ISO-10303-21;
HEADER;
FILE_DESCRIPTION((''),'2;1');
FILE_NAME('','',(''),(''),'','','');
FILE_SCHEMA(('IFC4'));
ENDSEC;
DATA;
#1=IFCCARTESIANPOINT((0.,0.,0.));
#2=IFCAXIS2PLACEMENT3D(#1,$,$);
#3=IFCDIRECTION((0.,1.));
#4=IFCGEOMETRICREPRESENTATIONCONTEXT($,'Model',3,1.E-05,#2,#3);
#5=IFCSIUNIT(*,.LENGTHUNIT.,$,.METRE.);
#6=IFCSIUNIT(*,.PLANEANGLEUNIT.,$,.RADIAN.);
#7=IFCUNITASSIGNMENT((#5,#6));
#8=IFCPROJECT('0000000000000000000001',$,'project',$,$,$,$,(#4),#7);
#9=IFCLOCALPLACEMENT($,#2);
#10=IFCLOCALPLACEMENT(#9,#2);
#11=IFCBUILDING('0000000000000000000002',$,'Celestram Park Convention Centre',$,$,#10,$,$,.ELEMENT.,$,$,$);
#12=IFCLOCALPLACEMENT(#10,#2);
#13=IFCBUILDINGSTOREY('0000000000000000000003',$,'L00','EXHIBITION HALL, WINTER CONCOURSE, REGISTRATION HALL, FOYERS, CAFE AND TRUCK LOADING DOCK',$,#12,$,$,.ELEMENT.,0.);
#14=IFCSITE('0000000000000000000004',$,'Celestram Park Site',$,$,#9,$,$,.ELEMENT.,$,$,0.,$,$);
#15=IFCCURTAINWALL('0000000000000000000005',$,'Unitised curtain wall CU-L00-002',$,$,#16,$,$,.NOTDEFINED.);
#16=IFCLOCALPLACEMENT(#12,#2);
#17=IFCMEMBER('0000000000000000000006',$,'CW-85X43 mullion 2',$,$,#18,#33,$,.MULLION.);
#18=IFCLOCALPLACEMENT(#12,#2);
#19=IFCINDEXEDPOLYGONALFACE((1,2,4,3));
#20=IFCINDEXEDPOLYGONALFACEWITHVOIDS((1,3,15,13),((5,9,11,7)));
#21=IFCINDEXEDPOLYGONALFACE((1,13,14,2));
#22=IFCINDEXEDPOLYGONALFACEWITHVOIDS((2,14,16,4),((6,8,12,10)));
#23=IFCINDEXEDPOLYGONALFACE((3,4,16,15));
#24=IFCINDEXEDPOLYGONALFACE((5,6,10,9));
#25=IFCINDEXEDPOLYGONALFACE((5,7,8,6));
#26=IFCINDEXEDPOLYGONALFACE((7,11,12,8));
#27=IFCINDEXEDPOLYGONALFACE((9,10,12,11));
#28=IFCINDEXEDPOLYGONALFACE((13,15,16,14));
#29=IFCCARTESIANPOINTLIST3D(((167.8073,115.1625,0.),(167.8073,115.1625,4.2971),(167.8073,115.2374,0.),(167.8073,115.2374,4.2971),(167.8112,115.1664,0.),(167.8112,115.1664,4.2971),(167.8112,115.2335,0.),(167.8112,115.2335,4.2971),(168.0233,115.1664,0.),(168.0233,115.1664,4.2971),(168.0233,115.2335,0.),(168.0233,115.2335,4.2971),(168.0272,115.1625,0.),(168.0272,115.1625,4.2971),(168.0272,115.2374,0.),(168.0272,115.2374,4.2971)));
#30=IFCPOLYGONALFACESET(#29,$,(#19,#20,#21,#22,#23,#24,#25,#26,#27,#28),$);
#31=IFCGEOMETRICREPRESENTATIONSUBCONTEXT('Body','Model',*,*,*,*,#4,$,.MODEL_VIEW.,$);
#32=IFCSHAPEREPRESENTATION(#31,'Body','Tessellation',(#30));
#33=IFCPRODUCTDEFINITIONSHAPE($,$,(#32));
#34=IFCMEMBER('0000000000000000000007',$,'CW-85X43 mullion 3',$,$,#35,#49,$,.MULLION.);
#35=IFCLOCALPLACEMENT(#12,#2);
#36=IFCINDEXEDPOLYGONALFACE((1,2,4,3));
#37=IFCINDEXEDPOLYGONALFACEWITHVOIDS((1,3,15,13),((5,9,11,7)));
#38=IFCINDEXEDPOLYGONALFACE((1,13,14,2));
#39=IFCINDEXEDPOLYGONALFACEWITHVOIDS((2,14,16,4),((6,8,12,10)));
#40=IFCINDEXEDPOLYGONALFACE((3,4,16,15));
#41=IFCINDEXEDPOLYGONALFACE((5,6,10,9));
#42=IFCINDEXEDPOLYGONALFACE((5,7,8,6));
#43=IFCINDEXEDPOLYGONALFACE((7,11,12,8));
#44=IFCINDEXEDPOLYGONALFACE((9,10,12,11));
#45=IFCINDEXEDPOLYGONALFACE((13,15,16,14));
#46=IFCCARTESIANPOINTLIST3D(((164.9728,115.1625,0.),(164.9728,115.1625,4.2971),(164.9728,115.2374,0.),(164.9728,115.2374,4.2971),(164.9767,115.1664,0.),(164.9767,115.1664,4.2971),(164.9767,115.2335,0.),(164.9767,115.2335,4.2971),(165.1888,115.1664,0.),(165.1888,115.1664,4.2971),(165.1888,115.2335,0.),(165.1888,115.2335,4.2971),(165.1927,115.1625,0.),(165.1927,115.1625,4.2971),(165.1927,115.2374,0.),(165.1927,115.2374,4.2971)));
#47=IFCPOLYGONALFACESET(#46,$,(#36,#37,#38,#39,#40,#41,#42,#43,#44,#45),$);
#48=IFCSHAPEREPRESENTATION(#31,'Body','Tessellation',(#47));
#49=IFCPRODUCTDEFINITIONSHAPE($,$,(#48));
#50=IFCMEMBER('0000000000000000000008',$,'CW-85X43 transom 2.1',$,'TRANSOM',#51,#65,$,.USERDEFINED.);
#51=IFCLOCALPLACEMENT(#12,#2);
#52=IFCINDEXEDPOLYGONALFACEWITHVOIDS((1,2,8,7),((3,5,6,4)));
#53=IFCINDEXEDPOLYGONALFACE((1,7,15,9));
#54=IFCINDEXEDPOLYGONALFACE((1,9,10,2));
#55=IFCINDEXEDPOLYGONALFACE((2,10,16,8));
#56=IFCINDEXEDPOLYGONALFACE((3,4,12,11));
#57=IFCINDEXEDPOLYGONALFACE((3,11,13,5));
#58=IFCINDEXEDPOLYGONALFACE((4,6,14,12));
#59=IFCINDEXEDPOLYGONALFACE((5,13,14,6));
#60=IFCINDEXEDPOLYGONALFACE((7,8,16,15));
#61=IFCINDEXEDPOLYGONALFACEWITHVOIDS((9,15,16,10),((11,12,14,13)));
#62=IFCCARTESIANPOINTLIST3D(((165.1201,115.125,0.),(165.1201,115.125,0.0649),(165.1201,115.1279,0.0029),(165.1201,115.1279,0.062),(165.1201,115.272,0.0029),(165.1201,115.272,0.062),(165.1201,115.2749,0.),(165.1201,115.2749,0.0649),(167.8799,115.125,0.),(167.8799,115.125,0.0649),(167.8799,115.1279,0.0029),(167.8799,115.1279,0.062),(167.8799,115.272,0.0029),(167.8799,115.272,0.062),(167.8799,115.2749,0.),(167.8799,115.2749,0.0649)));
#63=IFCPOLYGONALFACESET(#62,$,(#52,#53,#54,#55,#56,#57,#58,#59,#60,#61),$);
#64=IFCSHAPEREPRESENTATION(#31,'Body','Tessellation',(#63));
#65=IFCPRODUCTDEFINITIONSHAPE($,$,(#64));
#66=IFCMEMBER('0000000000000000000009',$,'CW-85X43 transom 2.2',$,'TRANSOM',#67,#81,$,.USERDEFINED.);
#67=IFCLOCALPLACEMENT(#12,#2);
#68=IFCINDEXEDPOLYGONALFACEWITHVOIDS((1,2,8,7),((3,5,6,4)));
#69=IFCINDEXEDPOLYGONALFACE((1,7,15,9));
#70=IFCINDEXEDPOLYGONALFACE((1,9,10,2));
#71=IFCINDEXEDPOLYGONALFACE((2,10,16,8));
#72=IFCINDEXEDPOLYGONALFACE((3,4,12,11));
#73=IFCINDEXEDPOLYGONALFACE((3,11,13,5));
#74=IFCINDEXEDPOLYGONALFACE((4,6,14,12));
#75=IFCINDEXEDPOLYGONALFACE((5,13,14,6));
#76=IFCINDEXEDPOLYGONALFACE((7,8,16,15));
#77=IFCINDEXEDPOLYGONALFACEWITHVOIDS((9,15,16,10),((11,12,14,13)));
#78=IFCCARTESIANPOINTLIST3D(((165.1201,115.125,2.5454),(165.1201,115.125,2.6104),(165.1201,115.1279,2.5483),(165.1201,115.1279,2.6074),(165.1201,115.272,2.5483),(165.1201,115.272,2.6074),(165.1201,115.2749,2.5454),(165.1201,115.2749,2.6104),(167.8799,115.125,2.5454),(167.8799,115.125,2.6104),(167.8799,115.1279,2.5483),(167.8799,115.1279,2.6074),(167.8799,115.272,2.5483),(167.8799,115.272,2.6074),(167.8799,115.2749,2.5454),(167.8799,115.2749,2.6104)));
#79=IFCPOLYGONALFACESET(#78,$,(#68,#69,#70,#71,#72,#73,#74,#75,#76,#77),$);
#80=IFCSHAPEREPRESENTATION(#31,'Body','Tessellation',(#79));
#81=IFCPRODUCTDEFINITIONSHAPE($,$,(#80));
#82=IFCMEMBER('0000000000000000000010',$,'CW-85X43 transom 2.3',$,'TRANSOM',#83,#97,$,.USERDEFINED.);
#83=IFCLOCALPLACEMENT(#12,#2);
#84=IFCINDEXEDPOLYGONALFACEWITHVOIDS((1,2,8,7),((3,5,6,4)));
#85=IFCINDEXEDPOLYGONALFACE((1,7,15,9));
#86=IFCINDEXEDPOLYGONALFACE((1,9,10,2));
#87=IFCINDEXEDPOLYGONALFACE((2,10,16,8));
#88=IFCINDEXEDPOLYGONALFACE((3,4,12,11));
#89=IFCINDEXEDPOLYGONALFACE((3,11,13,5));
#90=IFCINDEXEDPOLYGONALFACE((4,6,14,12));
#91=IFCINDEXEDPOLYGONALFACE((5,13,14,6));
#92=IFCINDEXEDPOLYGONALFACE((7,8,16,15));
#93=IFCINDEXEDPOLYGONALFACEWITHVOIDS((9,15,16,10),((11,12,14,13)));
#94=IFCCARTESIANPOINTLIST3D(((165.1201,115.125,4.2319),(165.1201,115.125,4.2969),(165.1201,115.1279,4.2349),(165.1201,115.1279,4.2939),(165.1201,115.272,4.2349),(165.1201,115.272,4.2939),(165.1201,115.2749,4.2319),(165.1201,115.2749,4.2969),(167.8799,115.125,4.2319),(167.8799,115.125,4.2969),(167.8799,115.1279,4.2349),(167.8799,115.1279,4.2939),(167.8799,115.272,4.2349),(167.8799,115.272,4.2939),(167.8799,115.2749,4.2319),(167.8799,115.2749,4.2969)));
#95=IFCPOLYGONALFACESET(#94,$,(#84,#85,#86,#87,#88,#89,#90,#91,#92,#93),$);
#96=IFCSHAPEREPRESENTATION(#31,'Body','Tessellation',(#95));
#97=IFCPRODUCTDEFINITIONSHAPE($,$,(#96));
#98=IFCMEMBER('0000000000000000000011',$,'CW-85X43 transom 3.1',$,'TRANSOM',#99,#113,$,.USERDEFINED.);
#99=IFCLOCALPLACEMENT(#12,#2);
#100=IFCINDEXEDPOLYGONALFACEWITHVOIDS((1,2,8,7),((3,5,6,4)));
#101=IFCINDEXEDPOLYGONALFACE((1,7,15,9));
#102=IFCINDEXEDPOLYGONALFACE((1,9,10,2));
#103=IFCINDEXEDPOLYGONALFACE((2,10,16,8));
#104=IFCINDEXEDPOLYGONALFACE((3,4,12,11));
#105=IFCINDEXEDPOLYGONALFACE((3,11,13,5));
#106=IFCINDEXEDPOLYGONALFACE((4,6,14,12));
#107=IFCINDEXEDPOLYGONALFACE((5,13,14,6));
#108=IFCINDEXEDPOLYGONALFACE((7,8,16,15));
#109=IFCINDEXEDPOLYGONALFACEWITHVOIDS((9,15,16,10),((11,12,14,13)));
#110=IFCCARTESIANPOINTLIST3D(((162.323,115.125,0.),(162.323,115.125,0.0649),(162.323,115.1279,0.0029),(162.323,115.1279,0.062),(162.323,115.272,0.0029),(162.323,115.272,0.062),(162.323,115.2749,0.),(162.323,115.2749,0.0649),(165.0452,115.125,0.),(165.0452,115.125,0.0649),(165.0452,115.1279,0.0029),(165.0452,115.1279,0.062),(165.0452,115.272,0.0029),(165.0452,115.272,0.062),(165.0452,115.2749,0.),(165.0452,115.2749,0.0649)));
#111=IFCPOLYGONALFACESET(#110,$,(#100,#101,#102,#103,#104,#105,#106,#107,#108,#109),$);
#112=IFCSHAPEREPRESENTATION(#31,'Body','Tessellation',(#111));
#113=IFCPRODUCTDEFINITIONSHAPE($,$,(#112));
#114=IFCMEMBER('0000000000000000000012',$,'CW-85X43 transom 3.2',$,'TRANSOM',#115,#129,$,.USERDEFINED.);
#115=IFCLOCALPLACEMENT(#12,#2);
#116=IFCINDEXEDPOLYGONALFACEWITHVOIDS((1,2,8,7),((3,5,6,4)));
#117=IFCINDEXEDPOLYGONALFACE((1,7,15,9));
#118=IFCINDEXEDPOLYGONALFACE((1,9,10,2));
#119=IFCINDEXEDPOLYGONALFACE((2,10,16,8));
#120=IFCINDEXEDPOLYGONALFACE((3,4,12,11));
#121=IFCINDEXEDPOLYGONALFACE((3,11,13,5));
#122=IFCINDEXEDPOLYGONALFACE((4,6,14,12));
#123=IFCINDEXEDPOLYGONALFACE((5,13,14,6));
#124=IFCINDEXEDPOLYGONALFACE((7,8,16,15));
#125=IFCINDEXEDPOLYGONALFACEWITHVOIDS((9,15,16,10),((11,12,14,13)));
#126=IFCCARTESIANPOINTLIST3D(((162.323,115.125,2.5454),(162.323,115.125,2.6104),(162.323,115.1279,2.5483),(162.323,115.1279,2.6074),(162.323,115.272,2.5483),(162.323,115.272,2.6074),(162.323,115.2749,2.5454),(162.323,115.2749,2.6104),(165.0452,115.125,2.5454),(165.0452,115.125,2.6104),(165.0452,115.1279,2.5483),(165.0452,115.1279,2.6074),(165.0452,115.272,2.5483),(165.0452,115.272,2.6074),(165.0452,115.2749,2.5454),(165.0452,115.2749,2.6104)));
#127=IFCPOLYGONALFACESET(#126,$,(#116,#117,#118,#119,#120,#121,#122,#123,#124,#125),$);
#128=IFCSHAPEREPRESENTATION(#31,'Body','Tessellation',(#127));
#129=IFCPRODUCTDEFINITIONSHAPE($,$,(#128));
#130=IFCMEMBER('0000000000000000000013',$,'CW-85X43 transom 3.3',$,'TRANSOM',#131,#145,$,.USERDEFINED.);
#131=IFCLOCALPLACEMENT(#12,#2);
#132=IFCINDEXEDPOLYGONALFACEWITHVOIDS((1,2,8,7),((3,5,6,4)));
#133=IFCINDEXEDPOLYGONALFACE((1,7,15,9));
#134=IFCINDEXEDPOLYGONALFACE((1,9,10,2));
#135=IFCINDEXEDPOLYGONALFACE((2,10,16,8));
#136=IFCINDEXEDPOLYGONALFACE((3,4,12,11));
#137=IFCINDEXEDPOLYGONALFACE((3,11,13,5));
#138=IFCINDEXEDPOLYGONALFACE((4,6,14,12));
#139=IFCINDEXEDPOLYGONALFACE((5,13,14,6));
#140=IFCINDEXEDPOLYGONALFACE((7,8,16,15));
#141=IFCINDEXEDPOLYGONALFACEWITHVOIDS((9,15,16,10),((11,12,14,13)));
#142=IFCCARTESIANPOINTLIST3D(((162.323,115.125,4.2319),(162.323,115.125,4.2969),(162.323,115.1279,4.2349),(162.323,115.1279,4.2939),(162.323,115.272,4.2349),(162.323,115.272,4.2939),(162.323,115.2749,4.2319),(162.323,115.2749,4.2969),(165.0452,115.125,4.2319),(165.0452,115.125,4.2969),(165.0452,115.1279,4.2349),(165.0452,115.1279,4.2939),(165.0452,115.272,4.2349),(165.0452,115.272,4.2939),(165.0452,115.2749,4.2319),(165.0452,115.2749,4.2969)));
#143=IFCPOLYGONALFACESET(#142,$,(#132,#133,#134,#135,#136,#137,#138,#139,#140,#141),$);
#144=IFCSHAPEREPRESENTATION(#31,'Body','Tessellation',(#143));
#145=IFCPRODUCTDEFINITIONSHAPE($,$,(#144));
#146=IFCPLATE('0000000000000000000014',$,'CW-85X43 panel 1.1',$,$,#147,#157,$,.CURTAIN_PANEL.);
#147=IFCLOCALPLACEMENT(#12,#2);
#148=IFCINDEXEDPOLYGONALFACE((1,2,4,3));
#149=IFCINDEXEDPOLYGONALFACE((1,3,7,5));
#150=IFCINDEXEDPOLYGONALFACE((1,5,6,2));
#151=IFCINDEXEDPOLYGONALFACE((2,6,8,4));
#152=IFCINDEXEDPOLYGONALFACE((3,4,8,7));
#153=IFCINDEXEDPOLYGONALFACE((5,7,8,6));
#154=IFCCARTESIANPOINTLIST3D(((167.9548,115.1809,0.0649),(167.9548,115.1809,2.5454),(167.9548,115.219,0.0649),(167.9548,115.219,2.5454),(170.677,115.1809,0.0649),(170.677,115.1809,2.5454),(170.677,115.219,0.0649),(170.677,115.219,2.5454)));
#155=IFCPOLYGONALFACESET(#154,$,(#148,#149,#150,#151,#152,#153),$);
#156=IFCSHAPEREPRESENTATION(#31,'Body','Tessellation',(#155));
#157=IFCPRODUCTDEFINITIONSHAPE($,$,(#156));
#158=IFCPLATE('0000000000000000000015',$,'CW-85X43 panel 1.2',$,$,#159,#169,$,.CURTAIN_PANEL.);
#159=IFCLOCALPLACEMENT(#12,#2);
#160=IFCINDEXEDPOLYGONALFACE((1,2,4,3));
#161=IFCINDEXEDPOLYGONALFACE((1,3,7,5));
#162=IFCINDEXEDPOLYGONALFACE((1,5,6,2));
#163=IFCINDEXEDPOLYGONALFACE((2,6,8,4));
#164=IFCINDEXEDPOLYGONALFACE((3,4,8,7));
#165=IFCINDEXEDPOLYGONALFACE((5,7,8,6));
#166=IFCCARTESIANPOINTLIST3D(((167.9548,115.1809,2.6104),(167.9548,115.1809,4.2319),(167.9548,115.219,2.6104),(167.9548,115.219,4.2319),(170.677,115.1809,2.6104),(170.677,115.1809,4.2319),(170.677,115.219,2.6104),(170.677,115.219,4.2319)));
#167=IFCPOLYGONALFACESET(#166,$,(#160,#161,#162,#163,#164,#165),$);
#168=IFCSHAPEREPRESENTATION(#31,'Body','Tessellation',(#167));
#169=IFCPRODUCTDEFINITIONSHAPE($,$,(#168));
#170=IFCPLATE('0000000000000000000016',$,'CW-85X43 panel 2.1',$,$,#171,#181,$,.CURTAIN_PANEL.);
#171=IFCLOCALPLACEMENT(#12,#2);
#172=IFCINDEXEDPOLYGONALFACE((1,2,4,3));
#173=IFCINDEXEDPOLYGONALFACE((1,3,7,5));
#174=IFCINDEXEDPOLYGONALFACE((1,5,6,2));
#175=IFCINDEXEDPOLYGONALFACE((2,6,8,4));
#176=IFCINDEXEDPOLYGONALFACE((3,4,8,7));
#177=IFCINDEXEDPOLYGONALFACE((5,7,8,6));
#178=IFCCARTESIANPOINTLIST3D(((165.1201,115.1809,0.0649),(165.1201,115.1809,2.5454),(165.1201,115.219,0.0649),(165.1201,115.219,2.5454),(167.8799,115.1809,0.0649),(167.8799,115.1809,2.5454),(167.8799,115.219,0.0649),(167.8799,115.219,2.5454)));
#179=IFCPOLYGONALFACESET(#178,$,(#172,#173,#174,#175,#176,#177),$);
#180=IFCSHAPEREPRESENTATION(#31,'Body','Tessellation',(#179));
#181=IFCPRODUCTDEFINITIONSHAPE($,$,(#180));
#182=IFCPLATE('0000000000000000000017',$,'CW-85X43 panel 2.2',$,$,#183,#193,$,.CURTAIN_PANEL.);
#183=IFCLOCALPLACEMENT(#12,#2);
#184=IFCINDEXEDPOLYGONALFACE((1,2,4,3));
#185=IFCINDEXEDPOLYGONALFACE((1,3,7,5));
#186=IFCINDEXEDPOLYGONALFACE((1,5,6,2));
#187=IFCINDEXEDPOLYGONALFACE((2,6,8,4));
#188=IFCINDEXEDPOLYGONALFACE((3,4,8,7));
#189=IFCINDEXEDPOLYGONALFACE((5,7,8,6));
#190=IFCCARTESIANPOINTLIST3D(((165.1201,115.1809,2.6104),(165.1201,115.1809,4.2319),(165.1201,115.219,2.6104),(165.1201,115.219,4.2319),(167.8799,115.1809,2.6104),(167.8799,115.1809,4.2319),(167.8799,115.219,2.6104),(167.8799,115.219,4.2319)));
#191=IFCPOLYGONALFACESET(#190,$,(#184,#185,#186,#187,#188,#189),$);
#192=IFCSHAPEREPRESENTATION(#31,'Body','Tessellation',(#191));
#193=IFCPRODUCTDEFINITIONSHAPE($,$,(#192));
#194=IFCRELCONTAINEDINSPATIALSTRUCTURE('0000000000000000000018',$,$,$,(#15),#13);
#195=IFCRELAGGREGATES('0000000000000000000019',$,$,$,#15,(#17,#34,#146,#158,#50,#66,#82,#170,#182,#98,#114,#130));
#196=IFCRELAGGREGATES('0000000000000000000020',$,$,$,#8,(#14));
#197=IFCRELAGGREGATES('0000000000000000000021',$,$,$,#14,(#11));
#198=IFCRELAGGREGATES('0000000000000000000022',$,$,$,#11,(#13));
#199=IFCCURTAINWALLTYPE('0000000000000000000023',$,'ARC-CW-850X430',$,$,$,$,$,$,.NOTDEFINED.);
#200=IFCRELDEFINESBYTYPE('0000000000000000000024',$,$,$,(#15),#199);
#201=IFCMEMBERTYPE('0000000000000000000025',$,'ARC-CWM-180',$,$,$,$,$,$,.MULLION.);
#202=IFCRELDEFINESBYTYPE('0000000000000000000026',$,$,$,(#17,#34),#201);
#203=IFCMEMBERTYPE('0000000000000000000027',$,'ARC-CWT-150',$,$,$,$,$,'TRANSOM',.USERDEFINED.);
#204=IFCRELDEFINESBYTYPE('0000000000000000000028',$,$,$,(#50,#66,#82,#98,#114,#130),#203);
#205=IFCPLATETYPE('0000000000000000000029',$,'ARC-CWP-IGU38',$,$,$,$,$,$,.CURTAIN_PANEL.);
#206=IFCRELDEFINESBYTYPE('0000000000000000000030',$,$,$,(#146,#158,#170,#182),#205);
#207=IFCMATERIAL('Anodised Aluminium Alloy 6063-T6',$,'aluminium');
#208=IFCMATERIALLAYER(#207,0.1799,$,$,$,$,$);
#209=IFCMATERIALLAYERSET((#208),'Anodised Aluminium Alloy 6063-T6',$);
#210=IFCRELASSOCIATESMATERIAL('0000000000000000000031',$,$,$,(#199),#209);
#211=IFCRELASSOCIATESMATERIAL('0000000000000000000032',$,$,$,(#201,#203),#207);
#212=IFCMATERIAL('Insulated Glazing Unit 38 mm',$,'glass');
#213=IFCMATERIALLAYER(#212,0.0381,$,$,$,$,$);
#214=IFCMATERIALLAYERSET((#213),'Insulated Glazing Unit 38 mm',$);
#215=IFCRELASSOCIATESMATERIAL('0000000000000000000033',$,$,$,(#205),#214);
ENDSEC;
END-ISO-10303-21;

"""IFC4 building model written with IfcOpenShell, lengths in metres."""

from ifc_helpers import new_model, si_unit, direction, frame, origin, origin_2d, place, context, subcontext, project, spatial, rectangle, hollow_rectangle, extrude, material, layer, layer_set, material_profile, profile_set, type_object, element, aggregate, save


model = new_model("IFC4")

# Units and contexts
model_context = context("Model", 3, precision=1e-05, world=origin(), true_north=direction((0.0, 1.0)))
body_context = subcontext(model_context, "Body", "Model", "MODEL_VIEW")
ifc_project = project(units=[si_unit("LENGTHUNIT", "METRE"), si_unit("PLANEANGLEUNIT", "RADIAN")], contexts=[model_context])

# Site, building, storey
site_placement = place(None, origin())
site = spatial("IfcSite", under=ifc_project, at=site_placement, Name="Celestram Park Site", CompositionType="ELEMENT", RefElevation=0.0)
building_placement = place(site_placement, origin())
building = spatial("IfcBuilding", under=site, at=building_placement, Name="Celestram Park Convention Centre", CompositionType="ELEMENT")
storey_placement = place(building_placement, origin())
storey = spatial("IfcBuildingStorey", under=building, at=storey_placement, Name="L00", Description="EXHIBITION HALL, WINTER CONCOURSE, REGISTRATION HALL, FOYERS, CAFE AND TRUCK LOADING DOCK", CompositionType="ELEMENT", Elevation=0.0)

# Curtain wall, members, plates
ifc_material_1 = material(Name="Anodised Aluminium Alloy 6063-T6", Category="aluminium")
ifc_layer_1 = layer(ifc_material_1, 0.1799)
ifc_layer_set_1 = layer_set([ifc_layer_1], Name="Anodised Aluminium Alloy 6063-T6")
curtain_wall_type = type_object("IfcCurtainWallType", Name="ARC-CW-850X430", PredefinedType="NOTDEFINED", material=ifc_layer_set_1)
curtain_wall_placement = place(storey_placement, origin())
curtain_wall = element("IfcCurtainWall", 1, at=curtain_wall_placement, inside=storey, type_object=curtain_wall_type, Name="Unitised curtain wall CU-L00-002", PredefinedType="NOTDEFINED")
ifc_material_profile_1 = material_profile(ifc_material_1, hollow_rectangle(XDim=0.075, YDim=0.22, WallThickness=0.0039, at=origin_2d()), Name="ALU75X220X4")
ifc_profile_set_1 = profile_set([ifc_material_profile_1], Name="Anodised Aluminium Alloy 6063-T6")
member_type_1 = type_object("IfcMemberType", Name="ARC-CWM-180", PredefinedType="MULLION", material=ifc_profile_set_1)
member_1_placement = place(storey_placement, frame((167.9172, 115.2, 0.0), z_axis=(0.0, 0.0, 1.0), x_axis=(0.0, -1.0, 0.0)))
member_1 = element("IfcMember", 2, at=member_1_placement, type_object=member_type_1, Name="CW-85X43 mullion 2", PredefinedType="MULLION", context=body_context, shape_type="SweptSolid", body=[
    extrude(hollow_rectangle(XDim=0.075, YDim=0.22, WallThickness=0.0039, at=origin_2d()), origin(), (0.0, 0.0, 1.0), 4.2971),
])
member_2_placement = place(storey_placement, frame((165.0828, 115.2, 0.0), z_axis=(0.0, 0.0, 1.0), x_axis=(0.0, -1.0, 0.0)))
member_2 = element("IfcMember", 3, at=member_2_placement, type_object=member_type_1, Name="CW-85X43 mullion 3", PredefinedType="MULLION", context=body_context, shape_type="SweptSolid", body=[
    extrude(hollow_rectangle(XDim=0.075, YDim=0.22, WallThickness=0.0039, at=origin_2d()), origin(), (0.0, 0.0, 1.0), 4.2971),
])
ifc_material_profile_2 = material_profile(ifc_material_1, hollow_rectangle(XDim=0.1499, YDim=0.0649, WallThickness=0.0029, at=origin_2d()), Name="ALU150X65X3")
ifc_profile_set_2 = profile_set([ifc_material_profile_2], Name="Anodised Aluminium Alloy 6063-T6")
member_type_2 = type_object("IfcMemberType", Name="ARC-CWT-150", ElementType="TRANSOM", PredefinedType="USERDEFINED", material=ifc_profile_set_2)
member_3_placement = place(storey_placement, frame((167.8799, 115.2, 0.0325), z_axis=(-1.0, 0.0, 0.0), x_axis=(0.0, -1.0, 0.0)))
member_3 = element("IfcMember", 4, at=member_3_placement, type_object=member_type_2, Name="CW-85X43 transom 2.1", ObjectType="TRANSOM", PredefinedType="USERDEFINED", context=body_context, shape_type="SweptSolid", body=[
    extrude(hollow_rectangle(XDim=0.1499, YDim=0.0649, WallThickness=0.0029, at=origin_2d()), origin(), (0.0, 0.0, 1.0), 2.7598),
])
member_4_placement = place(storey_placement, frame((167.8799, 115.2, 2.5779), z_axis=(-1.0, 0.0, 0.0), x_axis=(0.0, -1.0, 0.0)))
member_4 = element("IfcMember", 5, at=member_4_placement, type_object=member_type_2, Name="CW-85X43 transom 2.2", ObjectType="TRANSOM", PredefinedType="USERDEFINED", context=body_context, shape_type="SweptSolid", body=[
    extrude(hollow_rectangle(XDim=0.1499, YDim=0.0649, WallThickness=0.0029, at=origin_2d()), origin(), (0.0, 0.0, 1.0), 2.7598),
])
member_5_placement = place(storey_placement, frame((167.8799, 115.2, 4.2644), z_axis=(-1.0, 0.0, 0.0), x_axis=(0.0, -1.0, 0.0)))
member_5 = element("IfcMember", 6, at=member_5_placement, type_object=member_type_2, Name="CW-85X43 transom 2.3", ObjectType="TRANSOM", PredefinedType="USERDEFINED", context=body_context, shape_type="SweptSolid", body=[
    extrude(hollow_rectangle(XDim=0.1499, YDim=0.0649, WallThickness=0.0029, at=origin_2d()), origin(), (0.0, 0.0, 1.0), 2.7598),
])
member_6_placement = place(storey_placement, frame((165.0452, 115.2, 0.0325), z_axis=(-1.0, 0.0, 0.0), x_axis=(0.0, -1.0, 0.0)))
member_6 = element("IfcMember", 7, at=member_6_placement, type_object=member_type_2, Name="CW-85X43 transom 3.1", ObjectType="TRANSOM", PredefinedType="USERDEFINED", context=body_context, shape_type="SweptSolid", body=[
    extrude(hollow_rectangle(XDim=0.1499, YDim=0.0649, WallThickness=0.0029, at=origin_2d()), origin(), (0.0, 0.0, 1.0), 2.7222),
])
member_7_placement = place(storey_placement, frame((165.0452, 115.2, 2.5779), z_axis=(-1.0, 0.0, 0.0), x_axis=(0.0, -1.0, 0.0)))
member_7 = element("IfcMember", 8, at=member_7_placement, type_object=member_type_2, Name="CW-85X43 transom 3.2", ObjectType="TRANSOM", PredefinedType="USERDEFINED", context=body_context, shape_type="SweptSolid", body=[
    extrude(hollow_rectangle(XDim=0.1499, YDim=0.0649, WallThickness=0.0029, at=origin_2d()), origin(), (0.0, 0.0, 1.0), 2.7222),
])
member_8_placement = place(storey_placement, frame((165.0452, 115.2, 4.2644), z_axis=(-1.0, 0.0, 0.0), x_axis=(0.0, -1.0, 0.0)))
member_8 = element("IfcMember", 9, at=member_8_placement, type_object=member_type_2, Name="CW-85X43 transom 3.3", ObjectType="TRANSOM", PredefinedType="USERDEFINED", context=body_context, shape_type="SweptSolid", body=[
    extrude(hollow_rectangle(XDim=0.1499, YDim=0.0649, WallThickness=0.0029, at=origin_2d()), origin(), (0.0, 0.0, 1.0), 2.7222),
])
ifc_material_2 = material(Name="Insulated Glazing Unit 38 mm", Category="glass")
ifc_layer_2 = layer(ifc_material_2, 0.0381)
ifc_layer_set_2 = layer_set([ifc_layer_2], Name="Insulated Glazing Unit 38 mm")
plate_type = type_object("IfcPlateType", Name="ARC-CWP-IGU38", PredefinedType="CURTAIN_PANEL", material=ifc_layer_set_2)
plate_1_placement = place(storey_placement, frame((169.3159, 115.2, 0.0649), z_axis=(0.0, 0.0, 1.0), x_axis=(-1.0, 0.0, 0.0)))
plate_1 = element("IfcPlate", 10, at=plate_1_placement, type_object=plate_type, Name="CW-85X43 panel 1.1", PredefinedType="CURTAIN_PANEL", context=body_context, shape_type="SweptSolid", body=[
    extrude(rectangle(XDim=2.7222, YDim=0.0381, at=origin_2d()), origin(), (0.0, 0.0, 1.0), 2.4805),
])
plate_2_placement = place(storey_placement, frame((169.3159, 115.2, 2.6104), z_axis=(0.0, 0.0, 1.0), x_axis=(-1.0, 0.0, 0.0)))
plate_2 = element("IfcPlate", 11, at=plate_2_placement, type_object=plate_type, Name="CW-85X43 panel 1.2", PredefinedType="CURTAIN_PANEL", context=body_context, shape_type="SweptSolid", body=[
    extrude(rectangle(XDim=2.7222, YDim=0.0381, at=origin_2d()), origin(), (0.0, 0.0, 1.0), 1.6216),
])
plate_3_placement = place(storey_placement, frame((166.5, 115.2, 0.0649), z_axis=(0.0, 0.0, 1.0), x_axis=(-1.0, 0.0, 0.0)))
plate_3 = element("IfcPlate", 12, at=plate_3_placement, type_object=plate_type, Name="CW-85X43 panel 2.1", PredefinedType="CURTAIN_PANEL", context=body_context, shape_type="SweptSolid", body=[
    extrude(rectangle(XDim=2.7598, YDim=0.0381, at=origin_2d()), origin(), (0.0, 0.0, 1.0), 2.4805),
])
plate_4_placement = place(storey_placement, frame((166.5, 115.2, 2.6104), z_axis=(0.0, 0.0, 1.0), x_axis=(-1.0, 0.0, 0.0)))
plate_4 = element("IfcPlate", 13, at=plate_4_placement, type_object=plate_type, Name="CW-85X43 panel 2.2", PredefinedType="CURTAIN_PANEL", context=body_context, shape_type="SweptSolid", body=[
    extrude(rectangle(XDim=2.7598, YDim=0.0381, at=origin_2d()), origin(), (0.0, 0.0, 1.0), 1.6216),
])
aggregate(curtain_wall, [member_1, member_2, plate_1, plate_2, member_3, member_4, member_5, plate_3, plate_4, member_6, member_7, member_8])

save(model, "model.ifc")
